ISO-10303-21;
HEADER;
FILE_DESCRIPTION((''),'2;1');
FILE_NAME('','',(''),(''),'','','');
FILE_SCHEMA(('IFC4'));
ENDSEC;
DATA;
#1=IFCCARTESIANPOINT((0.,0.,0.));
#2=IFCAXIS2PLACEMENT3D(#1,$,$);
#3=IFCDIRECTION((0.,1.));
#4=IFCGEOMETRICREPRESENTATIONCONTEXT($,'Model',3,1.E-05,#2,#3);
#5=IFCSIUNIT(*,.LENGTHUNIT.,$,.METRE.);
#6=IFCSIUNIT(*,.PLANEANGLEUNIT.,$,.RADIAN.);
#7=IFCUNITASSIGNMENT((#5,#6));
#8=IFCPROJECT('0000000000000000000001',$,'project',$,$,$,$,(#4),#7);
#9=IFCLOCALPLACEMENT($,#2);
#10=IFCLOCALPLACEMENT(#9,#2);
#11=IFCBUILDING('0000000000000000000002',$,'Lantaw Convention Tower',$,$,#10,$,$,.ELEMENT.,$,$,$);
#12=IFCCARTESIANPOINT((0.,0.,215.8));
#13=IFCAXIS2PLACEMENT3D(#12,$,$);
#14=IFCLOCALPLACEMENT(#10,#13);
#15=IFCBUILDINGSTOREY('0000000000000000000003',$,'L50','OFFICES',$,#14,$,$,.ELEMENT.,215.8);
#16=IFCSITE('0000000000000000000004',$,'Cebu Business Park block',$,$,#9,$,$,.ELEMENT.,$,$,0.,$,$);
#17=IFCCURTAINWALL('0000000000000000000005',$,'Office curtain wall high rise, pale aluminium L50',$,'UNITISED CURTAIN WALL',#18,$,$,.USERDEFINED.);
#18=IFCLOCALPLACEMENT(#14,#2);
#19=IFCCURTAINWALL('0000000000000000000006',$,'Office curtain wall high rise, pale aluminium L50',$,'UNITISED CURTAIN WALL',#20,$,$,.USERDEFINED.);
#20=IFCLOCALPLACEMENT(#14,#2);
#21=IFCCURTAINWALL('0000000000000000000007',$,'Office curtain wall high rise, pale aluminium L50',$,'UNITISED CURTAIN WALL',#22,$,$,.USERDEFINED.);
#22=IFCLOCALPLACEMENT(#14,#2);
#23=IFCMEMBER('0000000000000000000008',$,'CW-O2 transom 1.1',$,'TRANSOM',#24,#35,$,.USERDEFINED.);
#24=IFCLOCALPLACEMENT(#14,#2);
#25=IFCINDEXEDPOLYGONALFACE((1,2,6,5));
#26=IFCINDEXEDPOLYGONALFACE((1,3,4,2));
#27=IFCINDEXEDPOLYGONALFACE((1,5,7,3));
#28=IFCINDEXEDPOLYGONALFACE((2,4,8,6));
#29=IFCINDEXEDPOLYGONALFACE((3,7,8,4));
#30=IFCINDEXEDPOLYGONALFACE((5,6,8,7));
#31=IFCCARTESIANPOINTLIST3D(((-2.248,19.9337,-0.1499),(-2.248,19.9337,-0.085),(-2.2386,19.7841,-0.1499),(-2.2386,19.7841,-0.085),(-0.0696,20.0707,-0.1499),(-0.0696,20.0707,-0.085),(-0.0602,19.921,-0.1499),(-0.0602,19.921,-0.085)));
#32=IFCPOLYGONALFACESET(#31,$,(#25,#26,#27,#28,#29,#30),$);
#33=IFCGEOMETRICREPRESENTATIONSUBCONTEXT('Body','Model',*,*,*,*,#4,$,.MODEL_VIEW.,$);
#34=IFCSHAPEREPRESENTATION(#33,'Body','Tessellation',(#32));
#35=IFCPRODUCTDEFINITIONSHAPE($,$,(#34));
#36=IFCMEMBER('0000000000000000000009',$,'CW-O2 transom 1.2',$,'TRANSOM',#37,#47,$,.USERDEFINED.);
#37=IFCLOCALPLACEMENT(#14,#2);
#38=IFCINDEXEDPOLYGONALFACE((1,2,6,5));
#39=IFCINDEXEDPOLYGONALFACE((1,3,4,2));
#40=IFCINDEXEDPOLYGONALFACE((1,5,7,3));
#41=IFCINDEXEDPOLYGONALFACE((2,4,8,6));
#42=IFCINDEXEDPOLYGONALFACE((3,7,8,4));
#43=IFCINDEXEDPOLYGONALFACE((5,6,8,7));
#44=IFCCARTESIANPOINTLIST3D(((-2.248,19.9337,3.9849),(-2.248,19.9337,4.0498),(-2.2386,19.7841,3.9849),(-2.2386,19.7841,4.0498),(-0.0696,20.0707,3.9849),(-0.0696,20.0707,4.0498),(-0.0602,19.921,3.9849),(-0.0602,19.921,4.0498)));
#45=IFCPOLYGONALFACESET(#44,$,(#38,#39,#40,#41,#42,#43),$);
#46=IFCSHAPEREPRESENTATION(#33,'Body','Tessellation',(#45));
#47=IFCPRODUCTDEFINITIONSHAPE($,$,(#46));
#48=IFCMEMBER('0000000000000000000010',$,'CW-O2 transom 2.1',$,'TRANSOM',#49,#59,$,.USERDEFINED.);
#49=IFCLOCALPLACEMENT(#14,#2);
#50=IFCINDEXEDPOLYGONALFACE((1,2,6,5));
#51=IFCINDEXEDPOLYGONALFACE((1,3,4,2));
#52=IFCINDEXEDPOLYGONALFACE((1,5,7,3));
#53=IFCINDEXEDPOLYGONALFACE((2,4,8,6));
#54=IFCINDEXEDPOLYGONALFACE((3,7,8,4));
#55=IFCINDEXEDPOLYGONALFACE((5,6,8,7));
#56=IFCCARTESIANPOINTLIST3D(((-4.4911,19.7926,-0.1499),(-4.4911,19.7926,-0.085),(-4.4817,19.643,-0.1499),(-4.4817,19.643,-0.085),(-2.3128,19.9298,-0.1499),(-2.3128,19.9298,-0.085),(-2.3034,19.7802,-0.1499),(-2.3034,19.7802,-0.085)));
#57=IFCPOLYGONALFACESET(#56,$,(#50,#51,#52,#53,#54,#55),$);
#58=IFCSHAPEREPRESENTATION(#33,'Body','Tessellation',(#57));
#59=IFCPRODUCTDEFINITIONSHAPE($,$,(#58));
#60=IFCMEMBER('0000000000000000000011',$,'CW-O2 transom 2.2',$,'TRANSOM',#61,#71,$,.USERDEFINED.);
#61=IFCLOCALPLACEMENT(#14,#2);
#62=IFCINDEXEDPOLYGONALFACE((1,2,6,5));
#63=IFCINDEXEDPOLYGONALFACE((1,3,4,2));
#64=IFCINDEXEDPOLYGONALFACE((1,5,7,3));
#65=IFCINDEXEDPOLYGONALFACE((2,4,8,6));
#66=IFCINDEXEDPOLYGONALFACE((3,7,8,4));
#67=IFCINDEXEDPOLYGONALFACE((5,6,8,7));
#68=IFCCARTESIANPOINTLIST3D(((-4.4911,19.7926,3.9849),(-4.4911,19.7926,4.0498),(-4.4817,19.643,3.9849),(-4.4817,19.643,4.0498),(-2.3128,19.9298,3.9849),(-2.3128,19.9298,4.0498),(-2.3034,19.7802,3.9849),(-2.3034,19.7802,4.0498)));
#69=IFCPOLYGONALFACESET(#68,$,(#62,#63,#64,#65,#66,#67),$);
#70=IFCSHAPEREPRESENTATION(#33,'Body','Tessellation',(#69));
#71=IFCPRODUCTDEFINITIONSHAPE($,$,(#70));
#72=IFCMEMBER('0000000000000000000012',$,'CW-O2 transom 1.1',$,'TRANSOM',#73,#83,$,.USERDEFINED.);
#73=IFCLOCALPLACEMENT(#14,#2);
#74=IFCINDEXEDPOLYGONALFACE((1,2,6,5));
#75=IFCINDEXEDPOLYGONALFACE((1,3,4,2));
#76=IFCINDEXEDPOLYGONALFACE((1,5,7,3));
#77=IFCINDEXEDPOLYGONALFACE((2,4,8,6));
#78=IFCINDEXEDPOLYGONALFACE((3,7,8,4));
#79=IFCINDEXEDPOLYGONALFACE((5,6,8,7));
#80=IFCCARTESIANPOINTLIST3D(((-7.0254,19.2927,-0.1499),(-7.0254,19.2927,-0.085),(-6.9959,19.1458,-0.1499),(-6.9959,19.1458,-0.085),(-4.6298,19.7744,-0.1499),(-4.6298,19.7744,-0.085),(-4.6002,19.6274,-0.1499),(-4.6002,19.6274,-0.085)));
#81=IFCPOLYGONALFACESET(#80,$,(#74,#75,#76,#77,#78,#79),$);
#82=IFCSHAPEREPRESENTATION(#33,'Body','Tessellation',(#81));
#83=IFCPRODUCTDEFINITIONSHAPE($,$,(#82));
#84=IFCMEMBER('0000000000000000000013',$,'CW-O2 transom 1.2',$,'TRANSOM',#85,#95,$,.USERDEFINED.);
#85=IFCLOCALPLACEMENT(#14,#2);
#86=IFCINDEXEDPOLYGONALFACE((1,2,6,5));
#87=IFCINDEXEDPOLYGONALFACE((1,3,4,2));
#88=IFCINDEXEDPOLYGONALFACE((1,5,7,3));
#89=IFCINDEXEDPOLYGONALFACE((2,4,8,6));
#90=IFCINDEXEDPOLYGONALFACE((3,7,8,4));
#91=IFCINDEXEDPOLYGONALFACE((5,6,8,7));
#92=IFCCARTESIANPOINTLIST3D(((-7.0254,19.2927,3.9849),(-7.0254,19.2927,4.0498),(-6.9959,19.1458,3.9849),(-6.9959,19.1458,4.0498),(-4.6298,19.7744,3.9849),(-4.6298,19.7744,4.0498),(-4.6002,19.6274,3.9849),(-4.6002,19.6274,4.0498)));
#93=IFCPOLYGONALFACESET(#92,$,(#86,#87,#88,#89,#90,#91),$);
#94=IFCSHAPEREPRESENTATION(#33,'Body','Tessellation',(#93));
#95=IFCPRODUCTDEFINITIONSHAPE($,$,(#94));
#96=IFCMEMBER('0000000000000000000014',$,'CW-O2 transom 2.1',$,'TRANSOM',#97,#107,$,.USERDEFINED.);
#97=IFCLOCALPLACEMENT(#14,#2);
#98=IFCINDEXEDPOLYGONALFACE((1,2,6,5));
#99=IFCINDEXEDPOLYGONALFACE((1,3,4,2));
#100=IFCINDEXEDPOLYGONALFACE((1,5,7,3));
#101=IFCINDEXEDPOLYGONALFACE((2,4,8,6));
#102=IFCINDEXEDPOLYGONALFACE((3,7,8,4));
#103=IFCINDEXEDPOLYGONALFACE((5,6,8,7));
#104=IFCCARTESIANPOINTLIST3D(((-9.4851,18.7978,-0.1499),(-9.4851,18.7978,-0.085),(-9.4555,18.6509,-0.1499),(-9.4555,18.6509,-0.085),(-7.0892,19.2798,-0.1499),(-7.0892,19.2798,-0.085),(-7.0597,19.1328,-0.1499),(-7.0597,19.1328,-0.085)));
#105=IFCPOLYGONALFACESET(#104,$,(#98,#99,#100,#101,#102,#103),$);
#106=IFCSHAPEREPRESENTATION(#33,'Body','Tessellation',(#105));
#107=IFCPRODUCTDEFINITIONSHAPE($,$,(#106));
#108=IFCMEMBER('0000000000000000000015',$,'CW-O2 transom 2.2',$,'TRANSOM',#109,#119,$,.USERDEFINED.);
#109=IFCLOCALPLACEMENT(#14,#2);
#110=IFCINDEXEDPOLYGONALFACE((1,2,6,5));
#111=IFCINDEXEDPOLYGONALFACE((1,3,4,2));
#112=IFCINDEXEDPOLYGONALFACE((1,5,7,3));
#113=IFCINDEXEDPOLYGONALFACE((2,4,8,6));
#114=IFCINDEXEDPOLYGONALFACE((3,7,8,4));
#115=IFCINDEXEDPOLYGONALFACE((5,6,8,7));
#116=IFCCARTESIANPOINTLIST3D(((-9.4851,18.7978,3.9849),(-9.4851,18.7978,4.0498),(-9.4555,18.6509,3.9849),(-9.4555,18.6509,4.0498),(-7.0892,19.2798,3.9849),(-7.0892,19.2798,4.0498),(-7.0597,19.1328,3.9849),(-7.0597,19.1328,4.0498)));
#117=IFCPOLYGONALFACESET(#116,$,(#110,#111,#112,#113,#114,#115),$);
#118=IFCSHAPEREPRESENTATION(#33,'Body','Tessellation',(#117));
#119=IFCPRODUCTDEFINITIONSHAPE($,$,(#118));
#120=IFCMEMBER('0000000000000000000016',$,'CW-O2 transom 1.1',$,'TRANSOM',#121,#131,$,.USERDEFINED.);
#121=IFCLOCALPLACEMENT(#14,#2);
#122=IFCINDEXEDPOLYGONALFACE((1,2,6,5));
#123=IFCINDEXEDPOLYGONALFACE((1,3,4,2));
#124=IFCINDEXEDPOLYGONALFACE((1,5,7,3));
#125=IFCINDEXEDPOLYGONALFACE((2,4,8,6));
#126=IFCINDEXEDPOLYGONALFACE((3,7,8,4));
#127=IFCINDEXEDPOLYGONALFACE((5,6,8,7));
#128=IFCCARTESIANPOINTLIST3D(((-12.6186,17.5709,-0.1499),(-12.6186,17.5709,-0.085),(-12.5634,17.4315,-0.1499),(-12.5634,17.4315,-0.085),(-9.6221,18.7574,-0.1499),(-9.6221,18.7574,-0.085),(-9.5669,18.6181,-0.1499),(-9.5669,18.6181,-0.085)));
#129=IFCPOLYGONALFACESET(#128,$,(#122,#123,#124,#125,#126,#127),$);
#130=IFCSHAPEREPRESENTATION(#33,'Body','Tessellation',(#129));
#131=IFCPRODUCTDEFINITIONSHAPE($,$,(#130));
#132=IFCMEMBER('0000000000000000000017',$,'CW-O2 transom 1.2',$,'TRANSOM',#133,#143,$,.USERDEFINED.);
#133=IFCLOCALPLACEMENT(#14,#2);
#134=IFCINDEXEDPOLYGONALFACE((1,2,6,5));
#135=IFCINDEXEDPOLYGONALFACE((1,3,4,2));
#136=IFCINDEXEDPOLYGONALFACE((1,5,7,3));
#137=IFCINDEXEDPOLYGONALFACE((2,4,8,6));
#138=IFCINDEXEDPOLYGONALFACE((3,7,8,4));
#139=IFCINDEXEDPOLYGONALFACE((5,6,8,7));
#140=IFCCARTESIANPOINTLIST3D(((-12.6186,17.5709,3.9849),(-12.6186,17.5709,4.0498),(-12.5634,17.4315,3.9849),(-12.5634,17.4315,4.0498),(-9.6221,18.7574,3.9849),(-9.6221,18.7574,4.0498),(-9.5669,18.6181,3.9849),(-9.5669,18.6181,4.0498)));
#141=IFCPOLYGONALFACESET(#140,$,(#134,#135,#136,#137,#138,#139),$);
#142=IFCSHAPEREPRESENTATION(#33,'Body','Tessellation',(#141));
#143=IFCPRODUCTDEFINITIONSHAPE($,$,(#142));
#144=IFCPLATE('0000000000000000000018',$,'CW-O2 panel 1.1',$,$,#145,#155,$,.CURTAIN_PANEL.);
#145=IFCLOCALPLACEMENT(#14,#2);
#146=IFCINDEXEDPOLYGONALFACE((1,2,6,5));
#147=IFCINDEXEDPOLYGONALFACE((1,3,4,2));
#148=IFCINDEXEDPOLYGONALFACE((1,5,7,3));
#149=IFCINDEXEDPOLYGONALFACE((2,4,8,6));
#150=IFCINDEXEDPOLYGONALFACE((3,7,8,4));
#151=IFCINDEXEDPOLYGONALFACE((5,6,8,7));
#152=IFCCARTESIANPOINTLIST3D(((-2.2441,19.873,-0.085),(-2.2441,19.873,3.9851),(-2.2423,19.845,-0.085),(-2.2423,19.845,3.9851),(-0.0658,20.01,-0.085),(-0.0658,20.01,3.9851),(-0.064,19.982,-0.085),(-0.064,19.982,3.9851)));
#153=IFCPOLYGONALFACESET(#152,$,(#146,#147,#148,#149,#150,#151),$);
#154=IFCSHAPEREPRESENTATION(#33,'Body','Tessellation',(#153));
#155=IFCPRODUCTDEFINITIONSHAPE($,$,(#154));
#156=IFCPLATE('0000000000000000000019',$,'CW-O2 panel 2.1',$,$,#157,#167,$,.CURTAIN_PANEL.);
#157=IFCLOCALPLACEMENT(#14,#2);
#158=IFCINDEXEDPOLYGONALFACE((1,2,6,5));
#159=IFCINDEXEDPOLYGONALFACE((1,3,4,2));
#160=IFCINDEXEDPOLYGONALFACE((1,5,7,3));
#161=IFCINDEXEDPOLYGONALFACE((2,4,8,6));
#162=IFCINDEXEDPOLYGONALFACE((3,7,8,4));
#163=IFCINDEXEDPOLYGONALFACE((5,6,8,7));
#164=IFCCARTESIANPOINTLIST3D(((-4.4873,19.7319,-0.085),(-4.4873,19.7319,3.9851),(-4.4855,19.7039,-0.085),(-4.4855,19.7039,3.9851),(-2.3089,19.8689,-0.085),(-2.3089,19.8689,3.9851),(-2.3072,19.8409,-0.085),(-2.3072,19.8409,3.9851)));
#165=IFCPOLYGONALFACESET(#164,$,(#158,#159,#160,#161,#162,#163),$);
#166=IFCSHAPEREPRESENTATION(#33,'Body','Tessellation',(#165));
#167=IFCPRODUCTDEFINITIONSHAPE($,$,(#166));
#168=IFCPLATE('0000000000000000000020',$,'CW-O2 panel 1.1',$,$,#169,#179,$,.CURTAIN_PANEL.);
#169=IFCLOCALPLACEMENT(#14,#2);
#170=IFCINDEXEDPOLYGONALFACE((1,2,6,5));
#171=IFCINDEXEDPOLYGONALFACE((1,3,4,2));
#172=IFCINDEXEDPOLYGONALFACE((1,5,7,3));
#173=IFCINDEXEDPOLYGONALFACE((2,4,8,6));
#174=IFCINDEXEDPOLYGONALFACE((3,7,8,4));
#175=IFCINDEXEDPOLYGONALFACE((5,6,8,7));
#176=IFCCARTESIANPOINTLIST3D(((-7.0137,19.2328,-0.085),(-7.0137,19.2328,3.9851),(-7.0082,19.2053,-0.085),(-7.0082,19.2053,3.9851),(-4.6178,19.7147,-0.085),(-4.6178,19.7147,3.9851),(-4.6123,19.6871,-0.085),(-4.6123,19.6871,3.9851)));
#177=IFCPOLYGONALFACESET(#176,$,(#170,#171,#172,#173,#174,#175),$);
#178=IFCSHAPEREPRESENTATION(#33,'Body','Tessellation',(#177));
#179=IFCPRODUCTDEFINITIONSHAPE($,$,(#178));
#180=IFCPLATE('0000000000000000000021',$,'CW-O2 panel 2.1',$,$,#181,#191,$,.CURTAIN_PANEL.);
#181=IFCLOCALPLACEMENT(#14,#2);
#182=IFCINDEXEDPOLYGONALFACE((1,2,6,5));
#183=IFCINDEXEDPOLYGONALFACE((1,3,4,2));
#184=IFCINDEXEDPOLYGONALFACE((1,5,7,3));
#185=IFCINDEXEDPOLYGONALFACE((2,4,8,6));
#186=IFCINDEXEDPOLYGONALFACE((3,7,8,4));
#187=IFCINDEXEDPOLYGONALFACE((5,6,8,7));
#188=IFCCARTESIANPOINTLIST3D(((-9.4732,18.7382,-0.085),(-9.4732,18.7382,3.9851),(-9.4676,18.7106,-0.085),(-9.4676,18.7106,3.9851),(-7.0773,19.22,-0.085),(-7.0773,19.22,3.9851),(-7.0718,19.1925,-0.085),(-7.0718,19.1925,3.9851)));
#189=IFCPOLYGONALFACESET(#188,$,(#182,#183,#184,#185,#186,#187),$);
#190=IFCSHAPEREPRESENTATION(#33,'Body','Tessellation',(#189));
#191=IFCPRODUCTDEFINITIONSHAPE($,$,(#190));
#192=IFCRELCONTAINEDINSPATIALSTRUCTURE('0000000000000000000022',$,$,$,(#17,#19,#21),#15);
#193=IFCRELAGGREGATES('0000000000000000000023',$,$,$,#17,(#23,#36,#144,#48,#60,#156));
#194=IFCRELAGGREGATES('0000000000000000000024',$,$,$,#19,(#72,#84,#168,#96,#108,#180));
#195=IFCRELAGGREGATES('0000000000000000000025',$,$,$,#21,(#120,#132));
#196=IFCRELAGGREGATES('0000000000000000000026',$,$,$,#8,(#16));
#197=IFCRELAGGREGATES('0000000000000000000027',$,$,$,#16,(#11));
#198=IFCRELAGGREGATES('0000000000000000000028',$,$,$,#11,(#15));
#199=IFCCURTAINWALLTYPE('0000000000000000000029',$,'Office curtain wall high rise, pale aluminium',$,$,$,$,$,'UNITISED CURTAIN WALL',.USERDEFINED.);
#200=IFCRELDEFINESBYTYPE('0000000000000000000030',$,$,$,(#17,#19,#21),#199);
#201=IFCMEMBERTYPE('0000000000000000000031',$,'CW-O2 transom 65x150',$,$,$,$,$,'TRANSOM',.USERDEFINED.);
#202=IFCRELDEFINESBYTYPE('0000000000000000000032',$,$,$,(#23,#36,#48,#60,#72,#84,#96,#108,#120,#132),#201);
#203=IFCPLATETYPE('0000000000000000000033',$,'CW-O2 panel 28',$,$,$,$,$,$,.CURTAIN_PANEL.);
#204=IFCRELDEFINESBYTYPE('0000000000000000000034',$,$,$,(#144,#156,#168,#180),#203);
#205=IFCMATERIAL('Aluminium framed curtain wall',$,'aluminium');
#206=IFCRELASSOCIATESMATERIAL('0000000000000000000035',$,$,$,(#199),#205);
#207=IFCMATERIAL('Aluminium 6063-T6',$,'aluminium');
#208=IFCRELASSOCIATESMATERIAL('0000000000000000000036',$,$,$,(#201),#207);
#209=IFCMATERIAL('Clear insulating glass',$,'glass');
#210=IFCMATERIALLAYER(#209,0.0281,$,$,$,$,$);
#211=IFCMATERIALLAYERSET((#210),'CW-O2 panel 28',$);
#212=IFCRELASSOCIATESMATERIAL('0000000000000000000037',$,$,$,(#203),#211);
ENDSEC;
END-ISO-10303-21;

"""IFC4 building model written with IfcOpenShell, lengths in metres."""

from ifc_helpers import new_model, si_unit, direction, frame, origin, origin_2d, place, context, subcontext, project, spatial, rectangle, extrude, material, layer, layer_set, material_profile, profile_set, type_object, element, aggregate, save


model = new_model("IFC4")

# Units and contexts
model_context = context("Model", 3, precision=1e-05, world=origin(), true_north=direction((0.0, 1.0)))
body_context = subcontext(model_context, "Body", "Model", "MODEL_VIEW")
ifc_project = project(units=[si_unit("LENGTHUNIT", "METRE"), si_unit("PLANEANGLEUNIT", "RADIAN")], contexts=[model_context])

# Site, building, storey
site_placement = place(None, origin())
site = spatial("IfcSite", under=ifc_project, at=site_placement, Name="Cebu Business Park block", CompositionType="ELEMENT", RefElevation=0.0)
building_placement = place(site_placement, origin())
building = spatial("IfcBuilding", under=site, at=building_placement, Name="Lantaw Convention Tower", CompositionType="ELEMENT")
storey_placement = place(building_placement, frame((0.0, 0.0, 215.8)))
storey = spatial("IfcBuildingStorey", under=building, at=storey_placement, Name="L50", Description="OFFICES", CompositionType="ELEMENT", Elevation=215.8)

# Curtain walls
ifc_material_1 = material(Name="Aluminium framed curtain wall", Category="aluminium")
curtain_wall_type = type_object("IfcCurtainWallType", Name="Office curtain wall high rise, pale aluminium", ElementType="UNITISED CURTAIN WALL", PredefinedType="USERDEFINED", material=ifc_material_1)
curtain_wall_1_placement = place(storey_placement, origin())
curtain_wall_1 = element("IfcCurtainWall", 1, at=curtain_wall_1_placement, inside=storey, type_object=curtain_wall_type, Name="Office curtain wall high rise, pale aluminium L50", ObjectType="UNITISED CURTAIN WALL", PredefinedType="USERDEFINED")
ifc_material_2 = material(Name="Aluminium 6063-T6", Category="aluminium")
curtain_wall_2_placement = place(storey_placement, origin())
curtain_wall_2 = element("IfcCurtainWall", 2, at=curtain_wall_2_placement, inside=storey, type_object=curtain_wall_type, Name="Office curtain wall high rise, pale aluminium L50", ObjectType="UNITISED CURTAIN WALL", PredefinedType="USERDEFINED")

# Curtain wall
curtain_wall_3_placement = place(storey_placement, origin())
curtain_wall_3 = element("IfcCurtainWall", 3, at=curtain_wall_3_placement, inside=storey, type_object=curtain_wall_type, Name="Office curtain wall high rise, pale aluminium L50", ObjectType="UNITISED CURTAIN WALL", PredefinedType="USERDEFINED")

# Members
ifc_material_profile_1 = material_profile(ifc_material_2, rectangle(XDim=0.1499, YDim=0.0649, at=origin_2d()), Name="CW-O2 transom 65x150")
ifc_profile_set_1 = profile_set([ifc_material_profile_1], Name="Aluminium 6063-T6")
member_type_1 = type_object("IfcMemberType", Name="CW-O2 transom 65x150", ElementType="TRANSOM", PredefinedType="USERDEFINED", material=ifc_profile_set_1)
member_1_placement = place(storey_placement, frame((-0.0649, 19.9958, -0.1174), z_axis=(-0.998029, -0.062754, 0.0), x_axis=(0.062754, -0.998029, 0.0)))
member_1 = element("IfcMember", 4, at=member_1_placement, type_object=member_type_1, Name="CW-O2 transom 1.1", ObjectType="TRANSOM", PredefinedType="USERDEFINED", context=body_context, shape_type="SweptSolid", body=[
    extrude(rectangle(XDim=0.1499, YDim=0.0649, at=origin_2d()), origin(), (0.0, 0.0, 1.0), 2.1826),
])
member_2_placement = place(storey_placement, frame((-0.0649, 19.9958, 4.0173), z_axis=(-0.998029, -0.062754, 0.0), x_axis=(0.062754, -0.998029, 0.0)))
member_2 = element("IfcMember", 5, at=member_2_placement, type_object=member_type_1, Name="CW-O2 transom 1.2", ObjectType="TRANSOM", PredefinedType="USERDEFINED", context=body_context, shape_type="SweptSolid", body=[
    extrude(rectangle(XDim=0.1499, YDim=0.0649, at=origin_2d()), origin(), (0.0, 0.0, 1.0), 2.1826),
])
member_3_placement = place(storey_placement, frame((-2.3081, 19.855, -0.1174), z_axis=(-0.998022, -0.062866, 0.0), x_axis=(0.062866, -0.998022, 0.0)))
member_3 = element("IfcMember", 6, at=member_3_placement, type_object=member_type_1, Name="CW-O2 transom 2.1", ObjectType="TRANSOM", PredefinedType="USERDEFINED", context=body_context, shape_type="SweptSolid", body=[
    extrude(rectangle(XDim=0.1499, YDim=0.0649, at=origin_2d()), origin(), (0.0, 0.0, 1.0), 2.1826),
])
member_4_placement = place(storey_placement, frame((-2.3081, 19.855, 4.0173), z_axis=(-0.998022, -0.062866, 0.0), x_axis=(0.062866, -0.998022, 0.0)))
member_4 = element("IfcMember", 7, at=member_4_placement, type_object=member_type_1, Name="CW-O2 transom 2.2", ObjectType="TRANSOM", PredefinedType="USERDEFINED", context=body_context, shape_type="SweptSolid", body=[
    extrude(rectangle(XDim=0.1499, YDim=0.0649, at=origin_2d()), origin(), (0.0, 0.0, 1.0), 2.1826),
])
member_5_placement = place(storey_placement, frame((-4.615, 19.7009, -0.1174), z_axis=(-0.98038, -0.197115, 0.0), x_axis=(0.197115, -0.98038, 0.0)))
member_5 = element("IfcMember", 8, at=member_5_placement, type_object=member_type_1, Name="CW-O2 transom 1.1", ObjectType="TRANSOM", PredefinedType="USERDEFINED", context=body_context, shape_type="SweptSolid", body=[
    extrude(rectangle(XDim=0.1499, YDim=0.0649, at=origin_2d()), origin(), (0.0, 0.0, 1.0), 2.4436),
])
member_6_placement = place(storey_placement, frame((-4.615, 19.7009, 4.0173), z_axis=(-0.98038, -0.197115, 0.0), x_axis=(0.197115, -0.98038, 0.0)))
member_6 = element("IfcMember", 9, at=member_6_placement, type_object=member_type_1, Name="CW-O2 transom 1.2", ObjectType="TRANSOM", PredefinedType="USERDEFINED", context=body_context, shape_type="SweptSolid", body=[
    extrude(rectangle(XDim=0.1499, YDim=0.0649, at=origin_2d()), origin(), (0.0, 0.0, 1.0), 2.4436),
])
member_7_placement = place(storey_placement, frame((-7.0745, 19.2063, -0.1174), z_axis=(-0.980361, -0.197211, 0.0), x_axis=(0.197211, -0.980361, 0.0)))
member_7 = element("IfcMember", 10, at=member_7_placement, type_object=member_type_1, Name="CW-O2 transom 2.1", ObjectType="TRANSOM", PredefinedType="USERDEFINED", context=body_context, shape_type="SweptSolid", body=[
    extrude(rectangle(XDim=0.1499, YDim=0.0649, at=origin_2d()), origin(), (0.0, 0.0, 1.0), 2.4438),
])
member_8_placement = place(storey_placement, frame((-7.0745, 19.2063, 4.0173), z_axis=(-0.980361, -0.197211, 0.0), x_axis=(0.197211, -0.980361, 0.0)))
member_8 = element("IfcMember", 11, at=member_8_placement, type_object=member_type_1, Name="CW-O2 transom 2.2", ObjectType="TRANSOM", PredefinedType="USERDEFINED", context=body_context, shape_type="SweptSolid", body=[
    extrude(rectangle(XDim=0.1499, YDim=0.0649, at=origin_2d()), origin(), (0.0, 0.0, 1.0), 2.4438),
])
member_9_placement = place(storey_placement, frame((-9.5945, 18.6877, -0.1174), z_axis=(-0.929767, -0.368149, 0.0), x_axis=(0.368149, -0.929767, 0.0)))
member_9 = element("IfcMember", 12, at=member_9_placement, type_object=member_type_1, Name="CW-O2 transom 1.1", ObjectType="TRANSOM", PredefinedType="USERDEFINED", context=body_context, shape_type="SweptSolid", body=[
    extrude(rectangle(XDim=0.1499, YDim=0.0649, at=origin_2d()), origin(), (0.0, 0.0, 1.0), 3.2229),
])
member_10_placement = place(storey_placement, frame((-9.5945, 18.6877, 4.0173), z_axis=(-0.929767, -0.368149, 0.0), x_axis=(0.368149, -0.929767, 0.0)))
member_10 = element("IfcMember", 13, at=member_10_placement, type_object=member_type_1, Name="CW-O2 transom 1.2", ObjectType="TRANSOM", PredefinedType="USERDEFINED", context=body_context, shape_type="SweptSolid", body=[
    extrude(rectangle(XDim=0.1499, YDim=0.0649, at=origin_2d()), origin(), (0.0, 0.0, 1.0), 3.2229),
])

# Plates
ifc_material_3 = material(Name="Clear insulating glass", Category="glass")
ifc_layer_1 = layer(ifc_material_3, 0.0281)
ifc_layer_set_1 = layer_set([ifc_layer_1], Name="CW-O2 panel 28")
plate_type_1 = type_object("IfcPlateType", Name="CW-O2 panel 28", PredefinedType="CURTAIN_PANEL", material=ifc_layer_set_1)
plate_1_placement = place(storey_placement, frame((-1.1541, 19.9275, -0.085), z_axis=(0.0, 0.0, 1.0), x_axis=(-0.998029, -0.062758, 0.0)))
plate_1 = element("IfcPlate", 14, at=plate_1_placement, type_object=plate_type_1, Name="CW-O2 panel 1.1", PredefinedType="CURTAIN_PANEL", context=body_context, shape_type="SweptSolid", body=[
    extrude(rectangle(XDim=2.1826, YDim=0.0281, at=origin_2d()), origin(), (0.0, 0.0, 1.0), 4.0701),
])
plate_2_placement = place(storey_placement, frame((-3.3972, 19.7864, -0.085), z_axis=(0.0, 0.0, 1.0), x_axis=(-0.998029, -0.062758, 0.0)))
plate_2 = element("IfcPlate", 15, at=plate_2_placement, type_object=plate_type_1, Name="CW-O2 panel 2.1", PredefinedType="CURTAIN_PANEL", context=body_context, shape_type="SweptSolid", body=[
    extrude(rectangle(XDim=2.1826, YDim=0.0281, at=origin_2d()), origin(), (0.0, 0.0, 1.0), 4.0701),
])
aggregate(curtain_wall_1, [member_1, member_2, plate_1, member_3, member_4, plate_2])
plate_3_placement = place(storey_placement, frame((-5.813, 19.46, -0.085), z_axis=(0.0, 0.0, 1.0), x_axis=(-0.980367, -0.197183, 0.0)))
plate_3 = element("IfcPlate", 16, at=plate_3_placement, type_object=plate_type_1, Name="CW-O2 panel 1.1", PredefinedType="CURTAIN_PANEL", context=body_context, shape_type="SweptSolid", body=[
    extrude(rectangle(XDim=2.4438, YDim=0.0281, at=origin_2d()), origin(), (0.0, 0.0, 1.0), 4.0701),
])
plate_4_placement = place(storey_placement, frame((-8.2725, 18.9653, -0.085), z_axis=(0.0, 0.0, 1.0), x_axis=(-0.980367, -0.197183, 0.0)))
plate_4 = element("IfcPlate", 17, at=plate_4_placement, type_object=plate_type_1, Name="CW-O2 panel 2.1", PredefinedType="CURTAIN_PANEL", context=body_context, shape_type="SweptSolid", body=[
    extrude(rectangle(XDim=2.4438, YDim=0.0281, at=origin_2d()), origin(), (0.0, 0.0, 1.0), 4.0701),
])
aggregate(curtain_wall_2, [member_5, member_6, plate_3, member_7, member_8, plate_4])
aggregate(curtain_wall_3, [member_9, member_10])

save(model, "model.ifc")
